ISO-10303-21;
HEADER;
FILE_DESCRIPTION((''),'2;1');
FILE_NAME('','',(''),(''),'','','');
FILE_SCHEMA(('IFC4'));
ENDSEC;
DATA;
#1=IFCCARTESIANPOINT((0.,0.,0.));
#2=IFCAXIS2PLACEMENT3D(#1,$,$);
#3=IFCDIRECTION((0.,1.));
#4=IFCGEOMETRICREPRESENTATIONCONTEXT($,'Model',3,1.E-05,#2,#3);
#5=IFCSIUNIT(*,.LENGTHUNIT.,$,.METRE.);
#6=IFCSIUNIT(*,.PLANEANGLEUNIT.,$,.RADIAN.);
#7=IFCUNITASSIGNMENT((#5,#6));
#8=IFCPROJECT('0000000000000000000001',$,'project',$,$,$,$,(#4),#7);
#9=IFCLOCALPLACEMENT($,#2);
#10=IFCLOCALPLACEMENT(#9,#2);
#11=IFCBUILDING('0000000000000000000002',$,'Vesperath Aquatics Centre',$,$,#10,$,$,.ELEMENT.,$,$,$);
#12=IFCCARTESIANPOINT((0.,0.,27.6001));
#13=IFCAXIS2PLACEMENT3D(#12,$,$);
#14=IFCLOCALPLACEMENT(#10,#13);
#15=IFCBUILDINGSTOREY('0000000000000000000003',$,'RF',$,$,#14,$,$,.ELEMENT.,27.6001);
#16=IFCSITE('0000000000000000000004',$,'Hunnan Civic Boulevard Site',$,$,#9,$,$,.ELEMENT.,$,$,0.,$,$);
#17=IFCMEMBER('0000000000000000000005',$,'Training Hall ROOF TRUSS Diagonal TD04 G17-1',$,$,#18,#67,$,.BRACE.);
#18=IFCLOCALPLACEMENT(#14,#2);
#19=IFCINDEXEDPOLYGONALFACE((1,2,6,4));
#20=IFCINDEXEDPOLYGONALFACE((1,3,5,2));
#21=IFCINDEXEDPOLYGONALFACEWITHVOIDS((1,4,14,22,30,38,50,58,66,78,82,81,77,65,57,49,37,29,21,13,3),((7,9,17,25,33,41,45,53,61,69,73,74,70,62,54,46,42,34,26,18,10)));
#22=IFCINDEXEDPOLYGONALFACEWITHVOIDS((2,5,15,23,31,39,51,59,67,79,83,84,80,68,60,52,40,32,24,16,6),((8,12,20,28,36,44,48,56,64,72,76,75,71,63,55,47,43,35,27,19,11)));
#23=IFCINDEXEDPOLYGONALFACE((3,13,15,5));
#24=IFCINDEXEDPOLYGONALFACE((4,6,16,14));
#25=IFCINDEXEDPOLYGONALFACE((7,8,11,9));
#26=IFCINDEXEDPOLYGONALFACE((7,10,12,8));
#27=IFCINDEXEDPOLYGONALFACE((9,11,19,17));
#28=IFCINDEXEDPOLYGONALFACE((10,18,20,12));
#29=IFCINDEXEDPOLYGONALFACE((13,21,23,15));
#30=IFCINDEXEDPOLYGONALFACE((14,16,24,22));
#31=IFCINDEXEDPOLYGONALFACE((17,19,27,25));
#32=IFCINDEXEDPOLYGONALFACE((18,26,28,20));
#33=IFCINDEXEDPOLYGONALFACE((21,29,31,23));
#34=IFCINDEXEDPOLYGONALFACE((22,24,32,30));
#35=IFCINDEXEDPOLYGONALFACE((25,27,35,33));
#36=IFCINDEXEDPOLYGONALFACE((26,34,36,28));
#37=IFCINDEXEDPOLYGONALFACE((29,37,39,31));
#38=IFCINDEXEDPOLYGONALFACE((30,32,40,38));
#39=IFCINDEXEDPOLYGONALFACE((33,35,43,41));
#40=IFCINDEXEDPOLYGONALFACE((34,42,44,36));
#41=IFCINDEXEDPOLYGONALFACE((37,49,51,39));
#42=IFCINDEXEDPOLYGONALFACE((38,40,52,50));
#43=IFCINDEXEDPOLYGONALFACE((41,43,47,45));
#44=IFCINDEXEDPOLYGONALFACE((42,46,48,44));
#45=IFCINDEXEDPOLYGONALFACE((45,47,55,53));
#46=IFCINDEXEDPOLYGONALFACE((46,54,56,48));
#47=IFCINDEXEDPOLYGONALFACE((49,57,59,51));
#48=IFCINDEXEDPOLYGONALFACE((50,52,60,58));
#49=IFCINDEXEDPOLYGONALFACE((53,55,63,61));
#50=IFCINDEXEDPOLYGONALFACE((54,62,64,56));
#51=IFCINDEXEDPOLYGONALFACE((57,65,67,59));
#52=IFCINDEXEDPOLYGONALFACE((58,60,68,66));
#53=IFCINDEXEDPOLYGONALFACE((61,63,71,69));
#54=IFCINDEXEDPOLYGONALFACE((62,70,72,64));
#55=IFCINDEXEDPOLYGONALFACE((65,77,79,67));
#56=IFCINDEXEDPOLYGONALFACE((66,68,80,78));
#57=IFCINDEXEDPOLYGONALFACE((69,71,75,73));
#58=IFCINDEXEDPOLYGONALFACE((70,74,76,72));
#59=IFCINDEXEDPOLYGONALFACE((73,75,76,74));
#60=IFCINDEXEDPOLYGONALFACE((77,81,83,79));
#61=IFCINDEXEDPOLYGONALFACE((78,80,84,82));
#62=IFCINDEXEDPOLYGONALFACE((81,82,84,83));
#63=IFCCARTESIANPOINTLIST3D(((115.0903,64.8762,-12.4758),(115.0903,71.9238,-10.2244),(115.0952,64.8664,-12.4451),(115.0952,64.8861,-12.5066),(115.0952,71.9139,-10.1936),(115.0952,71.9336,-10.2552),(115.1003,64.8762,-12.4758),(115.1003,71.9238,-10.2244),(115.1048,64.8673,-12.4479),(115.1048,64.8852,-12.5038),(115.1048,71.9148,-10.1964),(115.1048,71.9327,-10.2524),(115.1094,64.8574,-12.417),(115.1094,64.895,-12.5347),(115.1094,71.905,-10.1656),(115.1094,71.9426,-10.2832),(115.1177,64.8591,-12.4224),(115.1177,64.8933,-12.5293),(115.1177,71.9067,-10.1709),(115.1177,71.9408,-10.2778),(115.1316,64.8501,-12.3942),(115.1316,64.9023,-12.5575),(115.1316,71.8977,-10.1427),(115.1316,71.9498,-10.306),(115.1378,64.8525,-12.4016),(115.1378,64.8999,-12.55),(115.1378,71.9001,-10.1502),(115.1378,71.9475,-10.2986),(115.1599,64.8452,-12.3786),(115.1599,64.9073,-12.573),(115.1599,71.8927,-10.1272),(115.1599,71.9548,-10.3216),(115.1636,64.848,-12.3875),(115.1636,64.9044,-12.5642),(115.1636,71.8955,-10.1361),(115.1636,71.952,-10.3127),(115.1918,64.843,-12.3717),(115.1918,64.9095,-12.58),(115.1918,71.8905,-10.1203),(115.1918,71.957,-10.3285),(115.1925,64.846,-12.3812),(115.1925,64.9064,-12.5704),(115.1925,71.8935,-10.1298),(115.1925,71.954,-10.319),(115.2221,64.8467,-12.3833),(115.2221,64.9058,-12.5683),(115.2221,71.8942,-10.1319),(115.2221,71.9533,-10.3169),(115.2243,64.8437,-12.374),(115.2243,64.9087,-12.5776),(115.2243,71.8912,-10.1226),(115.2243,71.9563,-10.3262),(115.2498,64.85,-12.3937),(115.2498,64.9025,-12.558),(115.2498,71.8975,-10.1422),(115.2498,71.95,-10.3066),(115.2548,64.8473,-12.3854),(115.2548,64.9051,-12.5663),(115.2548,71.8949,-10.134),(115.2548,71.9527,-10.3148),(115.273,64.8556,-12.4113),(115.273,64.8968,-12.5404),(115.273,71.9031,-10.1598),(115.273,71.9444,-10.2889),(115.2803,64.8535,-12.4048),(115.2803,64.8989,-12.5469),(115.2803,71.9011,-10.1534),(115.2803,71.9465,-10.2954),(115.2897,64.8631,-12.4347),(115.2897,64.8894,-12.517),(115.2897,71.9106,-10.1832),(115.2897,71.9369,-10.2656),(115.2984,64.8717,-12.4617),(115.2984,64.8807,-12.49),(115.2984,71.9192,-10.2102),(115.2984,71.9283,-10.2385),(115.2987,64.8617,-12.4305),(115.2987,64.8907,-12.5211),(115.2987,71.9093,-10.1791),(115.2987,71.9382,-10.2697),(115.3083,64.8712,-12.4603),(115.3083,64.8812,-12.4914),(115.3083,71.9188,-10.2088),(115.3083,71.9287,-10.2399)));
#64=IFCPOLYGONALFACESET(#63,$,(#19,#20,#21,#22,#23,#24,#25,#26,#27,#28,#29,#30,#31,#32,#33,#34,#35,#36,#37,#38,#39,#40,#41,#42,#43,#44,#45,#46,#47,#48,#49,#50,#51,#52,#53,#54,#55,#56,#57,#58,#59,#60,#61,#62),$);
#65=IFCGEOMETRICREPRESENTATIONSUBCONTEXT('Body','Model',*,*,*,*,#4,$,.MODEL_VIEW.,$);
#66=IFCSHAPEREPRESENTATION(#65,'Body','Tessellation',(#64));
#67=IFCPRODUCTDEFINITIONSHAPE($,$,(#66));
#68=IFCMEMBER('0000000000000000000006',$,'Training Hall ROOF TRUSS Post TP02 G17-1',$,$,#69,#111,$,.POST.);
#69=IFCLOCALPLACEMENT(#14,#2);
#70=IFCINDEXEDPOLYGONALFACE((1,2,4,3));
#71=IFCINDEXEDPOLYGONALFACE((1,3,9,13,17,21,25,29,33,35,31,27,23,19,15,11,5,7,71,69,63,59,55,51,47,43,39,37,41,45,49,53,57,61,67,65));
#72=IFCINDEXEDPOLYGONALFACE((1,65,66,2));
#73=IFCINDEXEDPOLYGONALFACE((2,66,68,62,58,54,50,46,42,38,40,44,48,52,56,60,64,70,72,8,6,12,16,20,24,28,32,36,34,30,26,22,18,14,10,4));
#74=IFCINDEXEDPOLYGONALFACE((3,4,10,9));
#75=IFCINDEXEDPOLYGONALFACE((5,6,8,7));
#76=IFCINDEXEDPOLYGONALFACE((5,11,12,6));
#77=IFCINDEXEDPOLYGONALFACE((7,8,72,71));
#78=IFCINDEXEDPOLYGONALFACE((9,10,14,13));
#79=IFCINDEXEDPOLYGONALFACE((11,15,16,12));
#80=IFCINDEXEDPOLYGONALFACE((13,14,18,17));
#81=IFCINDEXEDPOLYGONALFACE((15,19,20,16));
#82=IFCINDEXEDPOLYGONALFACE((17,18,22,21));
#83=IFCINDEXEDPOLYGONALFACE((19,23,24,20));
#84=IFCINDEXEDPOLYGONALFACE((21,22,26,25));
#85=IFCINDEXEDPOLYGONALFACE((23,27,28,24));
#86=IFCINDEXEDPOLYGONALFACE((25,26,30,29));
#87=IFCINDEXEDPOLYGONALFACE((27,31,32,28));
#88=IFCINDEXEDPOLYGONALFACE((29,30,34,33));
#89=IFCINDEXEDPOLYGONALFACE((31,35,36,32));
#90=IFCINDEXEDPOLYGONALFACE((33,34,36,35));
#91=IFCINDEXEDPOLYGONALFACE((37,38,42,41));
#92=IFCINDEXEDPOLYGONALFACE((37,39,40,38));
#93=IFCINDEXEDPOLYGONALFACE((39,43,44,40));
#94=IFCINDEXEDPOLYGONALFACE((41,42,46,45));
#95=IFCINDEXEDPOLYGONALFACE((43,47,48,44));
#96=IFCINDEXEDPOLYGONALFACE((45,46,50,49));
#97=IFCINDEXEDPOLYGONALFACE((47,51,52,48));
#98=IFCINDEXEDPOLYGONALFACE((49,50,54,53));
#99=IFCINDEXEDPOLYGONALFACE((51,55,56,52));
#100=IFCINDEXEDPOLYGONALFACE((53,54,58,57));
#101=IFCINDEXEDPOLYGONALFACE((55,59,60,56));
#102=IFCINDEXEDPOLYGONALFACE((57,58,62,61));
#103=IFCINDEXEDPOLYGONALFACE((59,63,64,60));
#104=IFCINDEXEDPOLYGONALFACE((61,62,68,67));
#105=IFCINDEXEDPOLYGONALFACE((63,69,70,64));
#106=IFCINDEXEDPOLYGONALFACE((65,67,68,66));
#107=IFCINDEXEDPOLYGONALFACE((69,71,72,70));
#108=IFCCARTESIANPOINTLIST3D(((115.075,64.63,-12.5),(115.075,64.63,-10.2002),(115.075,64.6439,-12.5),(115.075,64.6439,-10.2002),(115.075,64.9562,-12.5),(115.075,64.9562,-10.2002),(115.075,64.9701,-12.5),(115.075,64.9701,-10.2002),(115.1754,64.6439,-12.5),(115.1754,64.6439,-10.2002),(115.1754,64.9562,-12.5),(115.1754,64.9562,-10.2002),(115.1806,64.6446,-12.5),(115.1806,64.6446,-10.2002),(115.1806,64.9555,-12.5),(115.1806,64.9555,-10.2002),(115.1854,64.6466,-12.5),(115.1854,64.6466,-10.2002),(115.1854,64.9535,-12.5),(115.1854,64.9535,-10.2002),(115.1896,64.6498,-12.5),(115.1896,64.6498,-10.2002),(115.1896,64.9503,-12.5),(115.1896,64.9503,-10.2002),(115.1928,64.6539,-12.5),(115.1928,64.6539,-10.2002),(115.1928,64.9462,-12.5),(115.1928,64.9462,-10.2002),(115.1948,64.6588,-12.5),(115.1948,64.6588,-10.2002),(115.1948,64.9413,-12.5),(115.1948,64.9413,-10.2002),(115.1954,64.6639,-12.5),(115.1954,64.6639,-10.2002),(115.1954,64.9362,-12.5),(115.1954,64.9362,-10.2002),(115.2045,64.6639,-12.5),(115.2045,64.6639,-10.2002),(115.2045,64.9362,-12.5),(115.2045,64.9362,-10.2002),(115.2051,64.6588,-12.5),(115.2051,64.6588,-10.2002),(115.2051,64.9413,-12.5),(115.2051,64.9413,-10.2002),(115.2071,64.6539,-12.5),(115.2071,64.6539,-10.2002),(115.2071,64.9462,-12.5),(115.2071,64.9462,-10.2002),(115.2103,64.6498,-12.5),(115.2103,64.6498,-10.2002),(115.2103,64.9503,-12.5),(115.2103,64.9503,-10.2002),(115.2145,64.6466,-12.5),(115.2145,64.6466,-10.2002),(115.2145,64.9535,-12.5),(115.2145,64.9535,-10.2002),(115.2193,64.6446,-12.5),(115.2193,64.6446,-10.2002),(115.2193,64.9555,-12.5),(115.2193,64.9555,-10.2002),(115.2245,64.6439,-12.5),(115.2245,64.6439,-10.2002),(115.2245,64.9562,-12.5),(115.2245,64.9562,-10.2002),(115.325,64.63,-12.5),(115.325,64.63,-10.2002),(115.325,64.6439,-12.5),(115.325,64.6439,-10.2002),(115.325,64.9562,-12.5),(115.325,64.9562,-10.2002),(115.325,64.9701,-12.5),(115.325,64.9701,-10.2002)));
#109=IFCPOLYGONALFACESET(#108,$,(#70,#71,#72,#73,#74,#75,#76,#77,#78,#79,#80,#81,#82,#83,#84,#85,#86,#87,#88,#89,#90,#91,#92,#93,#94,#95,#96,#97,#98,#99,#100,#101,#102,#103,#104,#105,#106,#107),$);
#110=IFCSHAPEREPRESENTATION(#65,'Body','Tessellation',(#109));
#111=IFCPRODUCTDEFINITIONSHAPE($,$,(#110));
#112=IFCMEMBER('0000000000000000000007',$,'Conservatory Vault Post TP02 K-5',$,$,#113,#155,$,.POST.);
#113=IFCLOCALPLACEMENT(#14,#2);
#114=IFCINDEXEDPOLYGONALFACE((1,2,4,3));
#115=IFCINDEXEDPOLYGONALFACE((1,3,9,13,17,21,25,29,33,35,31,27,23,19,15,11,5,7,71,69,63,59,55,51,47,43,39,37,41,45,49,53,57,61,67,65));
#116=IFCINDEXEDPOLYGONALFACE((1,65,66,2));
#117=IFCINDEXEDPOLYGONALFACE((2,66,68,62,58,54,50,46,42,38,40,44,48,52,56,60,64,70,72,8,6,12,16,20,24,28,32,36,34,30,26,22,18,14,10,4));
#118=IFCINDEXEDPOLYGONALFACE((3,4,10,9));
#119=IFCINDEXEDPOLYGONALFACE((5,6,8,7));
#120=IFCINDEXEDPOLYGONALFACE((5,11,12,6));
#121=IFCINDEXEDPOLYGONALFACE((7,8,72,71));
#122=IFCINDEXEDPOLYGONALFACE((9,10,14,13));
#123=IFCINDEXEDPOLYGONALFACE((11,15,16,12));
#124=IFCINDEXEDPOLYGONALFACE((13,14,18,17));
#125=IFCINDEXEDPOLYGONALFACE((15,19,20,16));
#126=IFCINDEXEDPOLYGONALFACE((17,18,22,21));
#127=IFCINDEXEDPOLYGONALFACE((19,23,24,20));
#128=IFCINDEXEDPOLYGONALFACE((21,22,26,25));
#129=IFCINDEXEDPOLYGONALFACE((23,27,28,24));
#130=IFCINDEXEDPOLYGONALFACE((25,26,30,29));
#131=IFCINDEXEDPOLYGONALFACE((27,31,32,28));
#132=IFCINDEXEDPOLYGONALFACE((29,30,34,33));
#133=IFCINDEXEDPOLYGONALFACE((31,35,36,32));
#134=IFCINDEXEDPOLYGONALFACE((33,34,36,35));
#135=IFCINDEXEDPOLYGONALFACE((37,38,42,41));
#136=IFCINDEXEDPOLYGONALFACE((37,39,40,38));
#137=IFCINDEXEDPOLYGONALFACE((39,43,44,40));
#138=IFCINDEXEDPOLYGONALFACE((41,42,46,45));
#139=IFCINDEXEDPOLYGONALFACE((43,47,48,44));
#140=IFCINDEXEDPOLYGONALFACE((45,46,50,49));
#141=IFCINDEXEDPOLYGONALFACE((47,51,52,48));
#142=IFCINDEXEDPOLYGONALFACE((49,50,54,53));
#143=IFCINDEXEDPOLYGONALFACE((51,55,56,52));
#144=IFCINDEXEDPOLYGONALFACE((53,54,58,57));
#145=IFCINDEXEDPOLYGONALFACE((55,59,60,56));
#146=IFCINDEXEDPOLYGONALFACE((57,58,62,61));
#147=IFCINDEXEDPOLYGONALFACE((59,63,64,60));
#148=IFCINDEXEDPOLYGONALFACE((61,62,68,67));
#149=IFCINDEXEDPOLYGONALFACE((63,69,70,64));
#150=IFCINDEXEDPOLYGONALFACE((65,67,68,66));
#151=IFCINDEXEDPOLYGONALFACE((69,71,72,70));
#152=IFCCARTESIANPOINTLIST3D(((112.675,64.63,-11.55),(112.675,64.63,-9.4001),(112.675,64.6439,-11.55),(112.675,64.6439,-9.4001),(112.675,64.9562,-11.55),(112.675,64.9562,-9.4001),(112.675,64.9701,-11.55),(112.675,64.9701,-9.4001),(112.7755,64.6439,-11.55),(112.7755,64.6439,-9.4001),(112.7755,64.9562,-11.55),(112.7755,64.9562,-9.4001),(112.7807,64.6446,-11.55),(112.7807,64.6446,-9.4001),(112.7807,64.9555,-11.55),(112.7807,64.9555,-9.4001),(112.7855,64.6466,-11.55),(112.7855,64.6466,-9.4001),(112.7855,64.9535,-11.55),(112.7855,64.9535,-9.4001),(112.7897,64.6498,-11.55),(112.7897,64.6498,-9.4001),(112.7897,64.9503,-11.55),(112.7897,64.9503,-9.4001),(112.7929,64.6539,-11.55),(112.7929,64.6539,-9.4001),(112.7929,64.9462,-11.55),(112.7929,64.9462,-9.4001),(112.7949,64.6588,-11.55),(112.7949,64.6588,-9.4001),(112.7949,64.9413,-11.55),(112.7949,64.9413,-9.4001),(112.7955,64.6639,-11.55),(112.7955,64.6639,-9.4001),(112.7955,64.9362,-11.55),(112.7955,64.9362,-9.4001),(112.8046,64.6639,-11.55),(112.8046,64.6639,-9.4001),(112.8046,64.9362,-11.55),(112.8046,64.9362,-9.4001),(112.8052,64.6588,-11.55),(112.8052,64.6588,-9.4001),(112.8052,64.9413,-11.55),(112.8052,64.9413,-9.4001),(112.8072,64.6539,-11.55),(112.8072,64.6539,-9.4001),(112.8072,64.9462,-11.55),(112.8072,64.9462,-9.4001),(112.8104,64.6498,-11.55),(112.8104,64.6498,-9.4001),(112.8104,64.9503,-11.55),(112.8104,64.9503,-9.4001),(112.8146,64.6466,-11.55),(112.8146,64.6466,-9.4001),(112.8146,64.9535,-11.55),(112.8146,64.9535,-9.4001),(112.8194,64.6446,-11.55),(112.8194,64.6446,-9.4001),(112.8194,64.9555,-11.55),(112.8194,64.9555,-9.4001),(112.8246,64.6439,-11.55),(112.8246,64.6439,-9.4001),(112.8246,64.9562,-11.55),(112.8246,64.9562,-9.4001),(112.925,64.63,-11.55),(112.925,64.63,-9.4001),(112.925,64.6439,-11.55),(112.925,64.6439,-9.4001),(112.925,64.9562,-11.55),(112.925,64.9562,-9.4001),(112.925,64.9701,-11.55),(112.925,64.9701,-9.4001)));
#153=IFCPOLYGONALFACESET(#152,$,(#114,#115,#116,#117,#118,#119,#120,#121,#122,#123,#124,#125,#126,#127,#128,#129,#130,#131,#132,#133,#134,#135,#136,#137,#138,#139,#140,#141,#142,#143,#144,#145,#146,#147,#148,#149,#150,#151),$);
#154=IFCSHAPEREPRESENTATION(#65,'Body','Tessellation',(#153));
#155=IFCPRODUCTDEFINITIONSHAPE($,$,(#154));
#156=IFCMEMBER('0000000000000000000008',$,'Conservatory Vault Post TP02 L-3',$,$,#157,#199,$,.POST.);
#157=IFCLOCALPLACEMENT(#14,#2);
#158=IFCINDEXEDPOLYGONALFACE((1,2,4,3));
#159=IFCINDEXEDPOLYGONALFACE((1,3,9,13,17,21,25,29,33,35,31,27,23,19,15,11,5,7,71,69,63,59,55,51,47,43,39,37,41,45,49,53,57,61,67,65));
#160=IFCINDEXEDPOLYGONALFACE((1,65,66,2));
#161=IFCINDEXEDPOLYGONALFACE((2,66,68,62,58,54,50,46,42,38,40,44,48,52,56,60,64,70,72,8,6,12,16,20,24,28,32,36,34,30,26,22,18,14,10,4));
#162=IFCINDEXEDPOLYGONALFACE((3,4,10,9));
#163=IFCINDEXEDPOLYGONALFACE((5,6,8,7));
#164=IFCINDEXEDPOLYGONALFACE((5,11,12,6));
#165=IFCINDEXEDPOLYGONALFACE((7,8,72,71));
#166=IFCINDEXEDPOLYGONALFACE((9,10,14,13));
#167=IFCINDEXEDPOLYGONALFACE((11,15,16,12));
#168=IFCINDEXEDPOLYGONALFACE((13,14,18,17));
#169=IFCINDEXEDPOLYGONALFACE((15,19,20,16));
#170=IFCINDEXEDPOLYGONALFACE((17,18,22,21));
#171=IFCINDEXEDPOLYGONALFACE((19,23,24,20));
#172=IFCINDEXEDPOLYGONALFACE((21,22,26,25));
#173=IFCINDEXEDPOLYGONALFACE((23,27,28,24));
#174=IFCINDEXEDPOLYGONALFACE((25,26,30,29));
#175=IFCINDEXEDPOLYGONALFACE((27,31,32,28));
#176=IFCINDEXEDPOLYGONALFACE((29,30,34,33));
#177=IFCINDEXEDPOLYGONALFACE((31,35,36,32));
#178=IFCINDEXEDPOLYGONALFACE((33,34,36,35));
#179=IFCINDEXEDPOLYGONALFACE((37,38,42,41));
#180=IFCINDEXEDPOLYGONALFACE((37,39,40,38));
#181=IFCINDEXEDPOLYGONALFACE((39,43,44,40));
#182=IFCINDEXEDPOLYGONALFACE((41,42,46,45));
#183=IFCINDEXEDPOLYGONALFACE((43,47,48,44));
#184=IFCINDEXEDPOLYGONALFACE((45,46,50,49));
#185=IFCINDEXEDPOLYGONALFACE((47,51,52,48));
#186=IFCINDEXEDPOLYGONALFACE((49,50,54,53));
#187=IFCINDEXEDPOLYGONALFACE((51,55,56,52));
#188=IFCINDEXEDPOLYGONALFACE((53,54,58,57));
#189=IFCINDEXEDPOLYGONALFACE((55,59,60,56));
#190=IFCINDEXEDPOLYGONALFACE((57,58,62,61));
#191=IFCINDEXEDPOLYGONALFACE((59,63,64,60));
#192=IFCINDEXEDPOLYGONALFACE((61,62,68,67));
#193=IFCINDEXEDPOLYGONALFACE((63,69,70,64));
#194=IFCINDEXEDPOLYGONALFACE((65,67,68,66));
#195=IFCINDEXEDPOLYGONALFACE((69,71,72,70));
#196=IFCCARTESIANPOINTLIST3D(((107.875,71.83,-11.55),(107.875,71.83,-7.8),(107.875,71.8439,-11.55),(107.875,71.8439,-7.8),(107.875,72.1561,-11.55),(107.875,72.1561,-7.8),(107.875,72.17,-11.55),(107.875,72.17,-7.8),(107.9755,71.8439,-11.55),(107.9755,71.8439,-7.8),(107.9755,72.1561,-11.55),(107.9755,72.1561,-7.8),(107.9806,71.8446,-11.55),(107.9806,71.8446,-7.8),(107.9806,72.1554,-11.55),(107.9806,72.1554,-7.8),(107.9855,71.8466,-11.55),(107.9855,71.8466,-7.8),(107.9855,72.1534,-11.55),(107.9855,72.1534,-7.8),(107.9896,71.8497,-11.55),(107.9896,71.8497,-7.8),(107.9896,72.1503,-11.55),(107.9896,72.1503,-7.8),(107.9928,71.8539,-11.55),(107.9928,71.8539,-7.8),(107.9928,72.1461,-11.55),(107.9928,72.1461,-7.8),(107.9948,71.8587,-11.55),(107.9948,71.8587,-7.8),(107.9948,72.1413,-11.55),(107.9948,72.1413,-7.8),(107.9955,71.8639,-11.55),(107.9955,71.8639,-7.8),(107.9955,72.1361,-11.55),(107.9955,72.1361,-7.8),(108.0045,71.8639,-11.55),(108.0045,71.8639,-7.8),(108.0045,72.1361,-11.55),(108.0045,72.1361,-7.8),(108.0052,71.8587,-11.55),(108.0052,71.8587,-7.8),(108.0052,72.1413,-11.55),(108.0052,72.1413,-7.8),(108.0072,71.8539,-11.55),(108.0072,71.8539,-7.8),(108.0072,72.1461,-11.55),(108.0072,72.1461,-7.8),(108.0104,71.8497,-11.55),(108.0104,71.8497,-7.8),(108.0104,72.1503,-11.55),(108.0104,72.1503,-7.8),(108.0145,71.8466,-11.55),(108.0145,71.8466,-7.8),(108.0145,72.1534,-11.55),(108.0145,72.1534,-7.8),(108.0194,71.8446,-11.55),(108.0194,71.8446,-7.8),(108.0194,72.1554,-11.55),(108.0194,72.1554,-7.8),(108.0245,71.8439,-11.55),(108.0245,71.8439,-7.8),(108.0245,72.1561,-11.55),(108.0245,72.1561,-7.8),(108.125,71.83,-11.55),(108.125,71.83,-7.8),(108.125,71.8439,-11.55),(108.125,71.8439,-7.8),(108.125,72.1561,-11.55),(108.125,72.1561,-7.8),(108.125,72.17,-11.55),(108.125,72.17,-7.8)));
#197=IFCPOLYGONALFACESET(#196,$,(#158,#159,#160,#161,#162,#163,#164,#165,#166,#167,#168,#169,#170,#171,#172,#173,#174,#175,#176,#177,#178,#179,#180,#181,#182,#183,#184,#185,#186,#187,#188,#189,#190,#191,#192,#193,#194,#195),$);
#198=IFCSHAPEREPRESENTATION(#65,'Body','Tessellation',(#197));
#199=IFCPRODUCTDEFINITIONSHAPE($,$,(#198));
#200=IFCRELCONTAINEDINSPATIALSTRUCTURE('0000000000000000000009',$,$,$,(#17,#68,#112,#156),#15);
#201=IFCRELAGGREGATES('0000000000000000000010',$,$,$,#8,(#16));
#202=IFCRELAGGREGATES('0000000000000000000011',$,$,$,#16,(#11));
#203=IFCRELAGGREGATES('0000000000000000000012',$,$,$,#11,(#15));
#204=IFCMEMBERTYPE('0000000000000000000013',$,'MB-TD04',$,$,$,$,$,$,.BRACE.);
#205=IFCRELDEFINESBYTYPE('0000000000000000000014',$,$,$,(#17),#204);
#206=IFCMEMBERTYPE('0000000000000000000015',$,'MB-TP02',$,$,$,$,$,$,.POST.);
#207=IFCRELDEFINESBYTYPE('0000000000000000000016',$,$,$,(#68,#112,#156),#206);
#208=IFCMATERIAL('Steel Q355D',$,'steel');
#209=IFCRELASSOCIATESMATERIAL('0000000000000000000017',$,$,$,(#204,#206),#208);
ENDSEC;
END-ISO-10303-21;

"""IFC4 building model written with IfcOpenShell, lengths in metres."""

from ifc_helpers import new_model, si_unit, direction, frame, origin, origin_2d, place, context, subcontext, project, spatial, hollow_circle, i_section, extrude, material, material_profile, profile_set, type_object, element, save


model = new_model("IFC4")

# Units and contexts
model_context = context("Model", 3, precision=1e-05, world=origin(), true_north=direction((0.0, 1.0)))
body_context = subcontext(model_context, "Body", "Model", "MODEL_VIEW")
ifc_project = project(units=[si_unit("LENGTHUNIT", "METRE"), si_unit("PLANEANGLEUNIT", "RADIAN")], contexts=[model_context])

# Site, building, storey
site_placement = place(None, origin())
site = spatial("IfcSite", under=ifc_project, at=site_placement, Name="Hunnan Civic Boulevard Site", CompositionType="ELEMENT", RefElevation=0.0)
building_placement = place(site_placement, origin())
building = spatial("IfcBuilding", under=site, at=building_placement, Name="Vesperath Aquatics Centre", CompositionType="ELEMENT")
storey_placement = place(building_placement, frame((0.0, 0.0, 27.6001)))
storey = spatial("IfcBuildingStorey", under=building, at=storey_placement, Name="RF", CompositionType="ELEMENT", Elevation=27.6001)

# Members
ifc_material_1 = material(Name="Steel Q355D", Category="steel")
ifc_material_profile_1 = material_profile(ifc_material_1, hollow_circle(Radius=0.1096, WallThickness=0.01, at=origin_2d()), Name="CHS 219.1x10")
ifc_profile_set_1 = profile_set([ifc_material_profile_1], Name="Steel Q355D")
member_type_1 = type_object("IfcMemberType", Name="MB-TD04", PredefinedType="BRACE", material=ifc_profile_set_1)
member_1_placement = place(storey_placement, frame((115.2, 64.8762, -12.4758), z_axis=(0.0, 0.952572, 0.304314), x_axis=(-1.0, 0.0, 0.0)))
element("IfcMember", 1, at=member_1_placement, inside=storey, type_object=member_type_1, Name="Training Hall ROOF TRUSS Diagonal TD04 G17-1", PredefinedType="BRACE", context=body_context, shape_type="SweptSolid", body=[
    extrude(hollow_circle(Radius=0.1096, WallThickness=0.01, at=origin_2d()), origin(), (0.0, 0.0, 1.0), 7.3984),
])
ifc_material_profile_2 = material_profile(ifc_material_1, i_section(OverallWidth=0.25, OverallDepth=0.3401, WebThickness=0.009, FlangeThickness=0.0139, FilletRadius=0.02, at=origin_2d()), Name="HM 340x250x9x14")
ifc_profile_set_2 = profile_set([ifc_material_profile_2], Name="Steel Q355D")
member_type_2 = type_object("IfcMemberType", Name="MB-TP02", PredefinedType="POST", material=ifc_profile_set_2)
member_2_placement = place(storey_placement, frame((115.2, 64.8, -12.5), z_axis=(0.0, 0.0, 1.0), x_axis=(1.0, 0.0, 0.0)))
element("IfcMember", 2, at=member_2_placement, inside=storey, type_object=member_type_2, Name="Training Hall ROOF TRUSS Post TP02 G17-1", PredefinedType="POST", context=body_context, shape_type="SweptSolid", body=[
    extrude(i_section(OverallWidth=0.25, OverallDepth=0.3401, WebThickness=0.009, FlangeThickness=0.0139, FilletRadius=0.02, at=origin_2d()), origin(), (0.0, 0.0, 1.0), 2.2998),
])
member_3_placement = place(storey_placement, frame((112.8, 64.8, -11.55), z_axis=(0.0, 0.0, 1.0), x_axis=(1.0, 0.0, 0.0)))
element("IfcMember", 3, at=member_3_placement, inside=storey, type_object=member_type_2, Name="Conservatory Vault Post TP02 K-5", PredefinedType="POST", context=body_context, shape_type="SweptSolid", body=[
    extrude(i_section(OverallWidth=0.25, OverallDepth=0.3401, WebThickness=0.009, FlangeThickness=0.0139, FilletRadius=0.02, at=origin_2d()), origin(), (0.0, 0.0, 1.0), 2.1499),
])
member_4_placement = place(storey_placement, frame((108.0, 72.0, -11.55), z_axis=(0.0, 0.0, 1.0), x_axis=(1.0, 0.0, 0.0)))
element("IfcMember", 4, at=member_4_placement, inside=storey, type_object=member_type_2, Name="Conservatory Vault Post TP02 L-3", PredefinedType="POST", context=body_context, shape_type="SweptSolid", body=[
    extrude(i_section(OverallWidth=0.25, OverallDepth=0.3401, WebThickness=0.009, FlangeThickness=0.0139, FilletRadius=0.02, at=origin_2d()), origin(), (0.0, 0.0, 1.0), 3.75),
])

save(model, "model.ifc")
